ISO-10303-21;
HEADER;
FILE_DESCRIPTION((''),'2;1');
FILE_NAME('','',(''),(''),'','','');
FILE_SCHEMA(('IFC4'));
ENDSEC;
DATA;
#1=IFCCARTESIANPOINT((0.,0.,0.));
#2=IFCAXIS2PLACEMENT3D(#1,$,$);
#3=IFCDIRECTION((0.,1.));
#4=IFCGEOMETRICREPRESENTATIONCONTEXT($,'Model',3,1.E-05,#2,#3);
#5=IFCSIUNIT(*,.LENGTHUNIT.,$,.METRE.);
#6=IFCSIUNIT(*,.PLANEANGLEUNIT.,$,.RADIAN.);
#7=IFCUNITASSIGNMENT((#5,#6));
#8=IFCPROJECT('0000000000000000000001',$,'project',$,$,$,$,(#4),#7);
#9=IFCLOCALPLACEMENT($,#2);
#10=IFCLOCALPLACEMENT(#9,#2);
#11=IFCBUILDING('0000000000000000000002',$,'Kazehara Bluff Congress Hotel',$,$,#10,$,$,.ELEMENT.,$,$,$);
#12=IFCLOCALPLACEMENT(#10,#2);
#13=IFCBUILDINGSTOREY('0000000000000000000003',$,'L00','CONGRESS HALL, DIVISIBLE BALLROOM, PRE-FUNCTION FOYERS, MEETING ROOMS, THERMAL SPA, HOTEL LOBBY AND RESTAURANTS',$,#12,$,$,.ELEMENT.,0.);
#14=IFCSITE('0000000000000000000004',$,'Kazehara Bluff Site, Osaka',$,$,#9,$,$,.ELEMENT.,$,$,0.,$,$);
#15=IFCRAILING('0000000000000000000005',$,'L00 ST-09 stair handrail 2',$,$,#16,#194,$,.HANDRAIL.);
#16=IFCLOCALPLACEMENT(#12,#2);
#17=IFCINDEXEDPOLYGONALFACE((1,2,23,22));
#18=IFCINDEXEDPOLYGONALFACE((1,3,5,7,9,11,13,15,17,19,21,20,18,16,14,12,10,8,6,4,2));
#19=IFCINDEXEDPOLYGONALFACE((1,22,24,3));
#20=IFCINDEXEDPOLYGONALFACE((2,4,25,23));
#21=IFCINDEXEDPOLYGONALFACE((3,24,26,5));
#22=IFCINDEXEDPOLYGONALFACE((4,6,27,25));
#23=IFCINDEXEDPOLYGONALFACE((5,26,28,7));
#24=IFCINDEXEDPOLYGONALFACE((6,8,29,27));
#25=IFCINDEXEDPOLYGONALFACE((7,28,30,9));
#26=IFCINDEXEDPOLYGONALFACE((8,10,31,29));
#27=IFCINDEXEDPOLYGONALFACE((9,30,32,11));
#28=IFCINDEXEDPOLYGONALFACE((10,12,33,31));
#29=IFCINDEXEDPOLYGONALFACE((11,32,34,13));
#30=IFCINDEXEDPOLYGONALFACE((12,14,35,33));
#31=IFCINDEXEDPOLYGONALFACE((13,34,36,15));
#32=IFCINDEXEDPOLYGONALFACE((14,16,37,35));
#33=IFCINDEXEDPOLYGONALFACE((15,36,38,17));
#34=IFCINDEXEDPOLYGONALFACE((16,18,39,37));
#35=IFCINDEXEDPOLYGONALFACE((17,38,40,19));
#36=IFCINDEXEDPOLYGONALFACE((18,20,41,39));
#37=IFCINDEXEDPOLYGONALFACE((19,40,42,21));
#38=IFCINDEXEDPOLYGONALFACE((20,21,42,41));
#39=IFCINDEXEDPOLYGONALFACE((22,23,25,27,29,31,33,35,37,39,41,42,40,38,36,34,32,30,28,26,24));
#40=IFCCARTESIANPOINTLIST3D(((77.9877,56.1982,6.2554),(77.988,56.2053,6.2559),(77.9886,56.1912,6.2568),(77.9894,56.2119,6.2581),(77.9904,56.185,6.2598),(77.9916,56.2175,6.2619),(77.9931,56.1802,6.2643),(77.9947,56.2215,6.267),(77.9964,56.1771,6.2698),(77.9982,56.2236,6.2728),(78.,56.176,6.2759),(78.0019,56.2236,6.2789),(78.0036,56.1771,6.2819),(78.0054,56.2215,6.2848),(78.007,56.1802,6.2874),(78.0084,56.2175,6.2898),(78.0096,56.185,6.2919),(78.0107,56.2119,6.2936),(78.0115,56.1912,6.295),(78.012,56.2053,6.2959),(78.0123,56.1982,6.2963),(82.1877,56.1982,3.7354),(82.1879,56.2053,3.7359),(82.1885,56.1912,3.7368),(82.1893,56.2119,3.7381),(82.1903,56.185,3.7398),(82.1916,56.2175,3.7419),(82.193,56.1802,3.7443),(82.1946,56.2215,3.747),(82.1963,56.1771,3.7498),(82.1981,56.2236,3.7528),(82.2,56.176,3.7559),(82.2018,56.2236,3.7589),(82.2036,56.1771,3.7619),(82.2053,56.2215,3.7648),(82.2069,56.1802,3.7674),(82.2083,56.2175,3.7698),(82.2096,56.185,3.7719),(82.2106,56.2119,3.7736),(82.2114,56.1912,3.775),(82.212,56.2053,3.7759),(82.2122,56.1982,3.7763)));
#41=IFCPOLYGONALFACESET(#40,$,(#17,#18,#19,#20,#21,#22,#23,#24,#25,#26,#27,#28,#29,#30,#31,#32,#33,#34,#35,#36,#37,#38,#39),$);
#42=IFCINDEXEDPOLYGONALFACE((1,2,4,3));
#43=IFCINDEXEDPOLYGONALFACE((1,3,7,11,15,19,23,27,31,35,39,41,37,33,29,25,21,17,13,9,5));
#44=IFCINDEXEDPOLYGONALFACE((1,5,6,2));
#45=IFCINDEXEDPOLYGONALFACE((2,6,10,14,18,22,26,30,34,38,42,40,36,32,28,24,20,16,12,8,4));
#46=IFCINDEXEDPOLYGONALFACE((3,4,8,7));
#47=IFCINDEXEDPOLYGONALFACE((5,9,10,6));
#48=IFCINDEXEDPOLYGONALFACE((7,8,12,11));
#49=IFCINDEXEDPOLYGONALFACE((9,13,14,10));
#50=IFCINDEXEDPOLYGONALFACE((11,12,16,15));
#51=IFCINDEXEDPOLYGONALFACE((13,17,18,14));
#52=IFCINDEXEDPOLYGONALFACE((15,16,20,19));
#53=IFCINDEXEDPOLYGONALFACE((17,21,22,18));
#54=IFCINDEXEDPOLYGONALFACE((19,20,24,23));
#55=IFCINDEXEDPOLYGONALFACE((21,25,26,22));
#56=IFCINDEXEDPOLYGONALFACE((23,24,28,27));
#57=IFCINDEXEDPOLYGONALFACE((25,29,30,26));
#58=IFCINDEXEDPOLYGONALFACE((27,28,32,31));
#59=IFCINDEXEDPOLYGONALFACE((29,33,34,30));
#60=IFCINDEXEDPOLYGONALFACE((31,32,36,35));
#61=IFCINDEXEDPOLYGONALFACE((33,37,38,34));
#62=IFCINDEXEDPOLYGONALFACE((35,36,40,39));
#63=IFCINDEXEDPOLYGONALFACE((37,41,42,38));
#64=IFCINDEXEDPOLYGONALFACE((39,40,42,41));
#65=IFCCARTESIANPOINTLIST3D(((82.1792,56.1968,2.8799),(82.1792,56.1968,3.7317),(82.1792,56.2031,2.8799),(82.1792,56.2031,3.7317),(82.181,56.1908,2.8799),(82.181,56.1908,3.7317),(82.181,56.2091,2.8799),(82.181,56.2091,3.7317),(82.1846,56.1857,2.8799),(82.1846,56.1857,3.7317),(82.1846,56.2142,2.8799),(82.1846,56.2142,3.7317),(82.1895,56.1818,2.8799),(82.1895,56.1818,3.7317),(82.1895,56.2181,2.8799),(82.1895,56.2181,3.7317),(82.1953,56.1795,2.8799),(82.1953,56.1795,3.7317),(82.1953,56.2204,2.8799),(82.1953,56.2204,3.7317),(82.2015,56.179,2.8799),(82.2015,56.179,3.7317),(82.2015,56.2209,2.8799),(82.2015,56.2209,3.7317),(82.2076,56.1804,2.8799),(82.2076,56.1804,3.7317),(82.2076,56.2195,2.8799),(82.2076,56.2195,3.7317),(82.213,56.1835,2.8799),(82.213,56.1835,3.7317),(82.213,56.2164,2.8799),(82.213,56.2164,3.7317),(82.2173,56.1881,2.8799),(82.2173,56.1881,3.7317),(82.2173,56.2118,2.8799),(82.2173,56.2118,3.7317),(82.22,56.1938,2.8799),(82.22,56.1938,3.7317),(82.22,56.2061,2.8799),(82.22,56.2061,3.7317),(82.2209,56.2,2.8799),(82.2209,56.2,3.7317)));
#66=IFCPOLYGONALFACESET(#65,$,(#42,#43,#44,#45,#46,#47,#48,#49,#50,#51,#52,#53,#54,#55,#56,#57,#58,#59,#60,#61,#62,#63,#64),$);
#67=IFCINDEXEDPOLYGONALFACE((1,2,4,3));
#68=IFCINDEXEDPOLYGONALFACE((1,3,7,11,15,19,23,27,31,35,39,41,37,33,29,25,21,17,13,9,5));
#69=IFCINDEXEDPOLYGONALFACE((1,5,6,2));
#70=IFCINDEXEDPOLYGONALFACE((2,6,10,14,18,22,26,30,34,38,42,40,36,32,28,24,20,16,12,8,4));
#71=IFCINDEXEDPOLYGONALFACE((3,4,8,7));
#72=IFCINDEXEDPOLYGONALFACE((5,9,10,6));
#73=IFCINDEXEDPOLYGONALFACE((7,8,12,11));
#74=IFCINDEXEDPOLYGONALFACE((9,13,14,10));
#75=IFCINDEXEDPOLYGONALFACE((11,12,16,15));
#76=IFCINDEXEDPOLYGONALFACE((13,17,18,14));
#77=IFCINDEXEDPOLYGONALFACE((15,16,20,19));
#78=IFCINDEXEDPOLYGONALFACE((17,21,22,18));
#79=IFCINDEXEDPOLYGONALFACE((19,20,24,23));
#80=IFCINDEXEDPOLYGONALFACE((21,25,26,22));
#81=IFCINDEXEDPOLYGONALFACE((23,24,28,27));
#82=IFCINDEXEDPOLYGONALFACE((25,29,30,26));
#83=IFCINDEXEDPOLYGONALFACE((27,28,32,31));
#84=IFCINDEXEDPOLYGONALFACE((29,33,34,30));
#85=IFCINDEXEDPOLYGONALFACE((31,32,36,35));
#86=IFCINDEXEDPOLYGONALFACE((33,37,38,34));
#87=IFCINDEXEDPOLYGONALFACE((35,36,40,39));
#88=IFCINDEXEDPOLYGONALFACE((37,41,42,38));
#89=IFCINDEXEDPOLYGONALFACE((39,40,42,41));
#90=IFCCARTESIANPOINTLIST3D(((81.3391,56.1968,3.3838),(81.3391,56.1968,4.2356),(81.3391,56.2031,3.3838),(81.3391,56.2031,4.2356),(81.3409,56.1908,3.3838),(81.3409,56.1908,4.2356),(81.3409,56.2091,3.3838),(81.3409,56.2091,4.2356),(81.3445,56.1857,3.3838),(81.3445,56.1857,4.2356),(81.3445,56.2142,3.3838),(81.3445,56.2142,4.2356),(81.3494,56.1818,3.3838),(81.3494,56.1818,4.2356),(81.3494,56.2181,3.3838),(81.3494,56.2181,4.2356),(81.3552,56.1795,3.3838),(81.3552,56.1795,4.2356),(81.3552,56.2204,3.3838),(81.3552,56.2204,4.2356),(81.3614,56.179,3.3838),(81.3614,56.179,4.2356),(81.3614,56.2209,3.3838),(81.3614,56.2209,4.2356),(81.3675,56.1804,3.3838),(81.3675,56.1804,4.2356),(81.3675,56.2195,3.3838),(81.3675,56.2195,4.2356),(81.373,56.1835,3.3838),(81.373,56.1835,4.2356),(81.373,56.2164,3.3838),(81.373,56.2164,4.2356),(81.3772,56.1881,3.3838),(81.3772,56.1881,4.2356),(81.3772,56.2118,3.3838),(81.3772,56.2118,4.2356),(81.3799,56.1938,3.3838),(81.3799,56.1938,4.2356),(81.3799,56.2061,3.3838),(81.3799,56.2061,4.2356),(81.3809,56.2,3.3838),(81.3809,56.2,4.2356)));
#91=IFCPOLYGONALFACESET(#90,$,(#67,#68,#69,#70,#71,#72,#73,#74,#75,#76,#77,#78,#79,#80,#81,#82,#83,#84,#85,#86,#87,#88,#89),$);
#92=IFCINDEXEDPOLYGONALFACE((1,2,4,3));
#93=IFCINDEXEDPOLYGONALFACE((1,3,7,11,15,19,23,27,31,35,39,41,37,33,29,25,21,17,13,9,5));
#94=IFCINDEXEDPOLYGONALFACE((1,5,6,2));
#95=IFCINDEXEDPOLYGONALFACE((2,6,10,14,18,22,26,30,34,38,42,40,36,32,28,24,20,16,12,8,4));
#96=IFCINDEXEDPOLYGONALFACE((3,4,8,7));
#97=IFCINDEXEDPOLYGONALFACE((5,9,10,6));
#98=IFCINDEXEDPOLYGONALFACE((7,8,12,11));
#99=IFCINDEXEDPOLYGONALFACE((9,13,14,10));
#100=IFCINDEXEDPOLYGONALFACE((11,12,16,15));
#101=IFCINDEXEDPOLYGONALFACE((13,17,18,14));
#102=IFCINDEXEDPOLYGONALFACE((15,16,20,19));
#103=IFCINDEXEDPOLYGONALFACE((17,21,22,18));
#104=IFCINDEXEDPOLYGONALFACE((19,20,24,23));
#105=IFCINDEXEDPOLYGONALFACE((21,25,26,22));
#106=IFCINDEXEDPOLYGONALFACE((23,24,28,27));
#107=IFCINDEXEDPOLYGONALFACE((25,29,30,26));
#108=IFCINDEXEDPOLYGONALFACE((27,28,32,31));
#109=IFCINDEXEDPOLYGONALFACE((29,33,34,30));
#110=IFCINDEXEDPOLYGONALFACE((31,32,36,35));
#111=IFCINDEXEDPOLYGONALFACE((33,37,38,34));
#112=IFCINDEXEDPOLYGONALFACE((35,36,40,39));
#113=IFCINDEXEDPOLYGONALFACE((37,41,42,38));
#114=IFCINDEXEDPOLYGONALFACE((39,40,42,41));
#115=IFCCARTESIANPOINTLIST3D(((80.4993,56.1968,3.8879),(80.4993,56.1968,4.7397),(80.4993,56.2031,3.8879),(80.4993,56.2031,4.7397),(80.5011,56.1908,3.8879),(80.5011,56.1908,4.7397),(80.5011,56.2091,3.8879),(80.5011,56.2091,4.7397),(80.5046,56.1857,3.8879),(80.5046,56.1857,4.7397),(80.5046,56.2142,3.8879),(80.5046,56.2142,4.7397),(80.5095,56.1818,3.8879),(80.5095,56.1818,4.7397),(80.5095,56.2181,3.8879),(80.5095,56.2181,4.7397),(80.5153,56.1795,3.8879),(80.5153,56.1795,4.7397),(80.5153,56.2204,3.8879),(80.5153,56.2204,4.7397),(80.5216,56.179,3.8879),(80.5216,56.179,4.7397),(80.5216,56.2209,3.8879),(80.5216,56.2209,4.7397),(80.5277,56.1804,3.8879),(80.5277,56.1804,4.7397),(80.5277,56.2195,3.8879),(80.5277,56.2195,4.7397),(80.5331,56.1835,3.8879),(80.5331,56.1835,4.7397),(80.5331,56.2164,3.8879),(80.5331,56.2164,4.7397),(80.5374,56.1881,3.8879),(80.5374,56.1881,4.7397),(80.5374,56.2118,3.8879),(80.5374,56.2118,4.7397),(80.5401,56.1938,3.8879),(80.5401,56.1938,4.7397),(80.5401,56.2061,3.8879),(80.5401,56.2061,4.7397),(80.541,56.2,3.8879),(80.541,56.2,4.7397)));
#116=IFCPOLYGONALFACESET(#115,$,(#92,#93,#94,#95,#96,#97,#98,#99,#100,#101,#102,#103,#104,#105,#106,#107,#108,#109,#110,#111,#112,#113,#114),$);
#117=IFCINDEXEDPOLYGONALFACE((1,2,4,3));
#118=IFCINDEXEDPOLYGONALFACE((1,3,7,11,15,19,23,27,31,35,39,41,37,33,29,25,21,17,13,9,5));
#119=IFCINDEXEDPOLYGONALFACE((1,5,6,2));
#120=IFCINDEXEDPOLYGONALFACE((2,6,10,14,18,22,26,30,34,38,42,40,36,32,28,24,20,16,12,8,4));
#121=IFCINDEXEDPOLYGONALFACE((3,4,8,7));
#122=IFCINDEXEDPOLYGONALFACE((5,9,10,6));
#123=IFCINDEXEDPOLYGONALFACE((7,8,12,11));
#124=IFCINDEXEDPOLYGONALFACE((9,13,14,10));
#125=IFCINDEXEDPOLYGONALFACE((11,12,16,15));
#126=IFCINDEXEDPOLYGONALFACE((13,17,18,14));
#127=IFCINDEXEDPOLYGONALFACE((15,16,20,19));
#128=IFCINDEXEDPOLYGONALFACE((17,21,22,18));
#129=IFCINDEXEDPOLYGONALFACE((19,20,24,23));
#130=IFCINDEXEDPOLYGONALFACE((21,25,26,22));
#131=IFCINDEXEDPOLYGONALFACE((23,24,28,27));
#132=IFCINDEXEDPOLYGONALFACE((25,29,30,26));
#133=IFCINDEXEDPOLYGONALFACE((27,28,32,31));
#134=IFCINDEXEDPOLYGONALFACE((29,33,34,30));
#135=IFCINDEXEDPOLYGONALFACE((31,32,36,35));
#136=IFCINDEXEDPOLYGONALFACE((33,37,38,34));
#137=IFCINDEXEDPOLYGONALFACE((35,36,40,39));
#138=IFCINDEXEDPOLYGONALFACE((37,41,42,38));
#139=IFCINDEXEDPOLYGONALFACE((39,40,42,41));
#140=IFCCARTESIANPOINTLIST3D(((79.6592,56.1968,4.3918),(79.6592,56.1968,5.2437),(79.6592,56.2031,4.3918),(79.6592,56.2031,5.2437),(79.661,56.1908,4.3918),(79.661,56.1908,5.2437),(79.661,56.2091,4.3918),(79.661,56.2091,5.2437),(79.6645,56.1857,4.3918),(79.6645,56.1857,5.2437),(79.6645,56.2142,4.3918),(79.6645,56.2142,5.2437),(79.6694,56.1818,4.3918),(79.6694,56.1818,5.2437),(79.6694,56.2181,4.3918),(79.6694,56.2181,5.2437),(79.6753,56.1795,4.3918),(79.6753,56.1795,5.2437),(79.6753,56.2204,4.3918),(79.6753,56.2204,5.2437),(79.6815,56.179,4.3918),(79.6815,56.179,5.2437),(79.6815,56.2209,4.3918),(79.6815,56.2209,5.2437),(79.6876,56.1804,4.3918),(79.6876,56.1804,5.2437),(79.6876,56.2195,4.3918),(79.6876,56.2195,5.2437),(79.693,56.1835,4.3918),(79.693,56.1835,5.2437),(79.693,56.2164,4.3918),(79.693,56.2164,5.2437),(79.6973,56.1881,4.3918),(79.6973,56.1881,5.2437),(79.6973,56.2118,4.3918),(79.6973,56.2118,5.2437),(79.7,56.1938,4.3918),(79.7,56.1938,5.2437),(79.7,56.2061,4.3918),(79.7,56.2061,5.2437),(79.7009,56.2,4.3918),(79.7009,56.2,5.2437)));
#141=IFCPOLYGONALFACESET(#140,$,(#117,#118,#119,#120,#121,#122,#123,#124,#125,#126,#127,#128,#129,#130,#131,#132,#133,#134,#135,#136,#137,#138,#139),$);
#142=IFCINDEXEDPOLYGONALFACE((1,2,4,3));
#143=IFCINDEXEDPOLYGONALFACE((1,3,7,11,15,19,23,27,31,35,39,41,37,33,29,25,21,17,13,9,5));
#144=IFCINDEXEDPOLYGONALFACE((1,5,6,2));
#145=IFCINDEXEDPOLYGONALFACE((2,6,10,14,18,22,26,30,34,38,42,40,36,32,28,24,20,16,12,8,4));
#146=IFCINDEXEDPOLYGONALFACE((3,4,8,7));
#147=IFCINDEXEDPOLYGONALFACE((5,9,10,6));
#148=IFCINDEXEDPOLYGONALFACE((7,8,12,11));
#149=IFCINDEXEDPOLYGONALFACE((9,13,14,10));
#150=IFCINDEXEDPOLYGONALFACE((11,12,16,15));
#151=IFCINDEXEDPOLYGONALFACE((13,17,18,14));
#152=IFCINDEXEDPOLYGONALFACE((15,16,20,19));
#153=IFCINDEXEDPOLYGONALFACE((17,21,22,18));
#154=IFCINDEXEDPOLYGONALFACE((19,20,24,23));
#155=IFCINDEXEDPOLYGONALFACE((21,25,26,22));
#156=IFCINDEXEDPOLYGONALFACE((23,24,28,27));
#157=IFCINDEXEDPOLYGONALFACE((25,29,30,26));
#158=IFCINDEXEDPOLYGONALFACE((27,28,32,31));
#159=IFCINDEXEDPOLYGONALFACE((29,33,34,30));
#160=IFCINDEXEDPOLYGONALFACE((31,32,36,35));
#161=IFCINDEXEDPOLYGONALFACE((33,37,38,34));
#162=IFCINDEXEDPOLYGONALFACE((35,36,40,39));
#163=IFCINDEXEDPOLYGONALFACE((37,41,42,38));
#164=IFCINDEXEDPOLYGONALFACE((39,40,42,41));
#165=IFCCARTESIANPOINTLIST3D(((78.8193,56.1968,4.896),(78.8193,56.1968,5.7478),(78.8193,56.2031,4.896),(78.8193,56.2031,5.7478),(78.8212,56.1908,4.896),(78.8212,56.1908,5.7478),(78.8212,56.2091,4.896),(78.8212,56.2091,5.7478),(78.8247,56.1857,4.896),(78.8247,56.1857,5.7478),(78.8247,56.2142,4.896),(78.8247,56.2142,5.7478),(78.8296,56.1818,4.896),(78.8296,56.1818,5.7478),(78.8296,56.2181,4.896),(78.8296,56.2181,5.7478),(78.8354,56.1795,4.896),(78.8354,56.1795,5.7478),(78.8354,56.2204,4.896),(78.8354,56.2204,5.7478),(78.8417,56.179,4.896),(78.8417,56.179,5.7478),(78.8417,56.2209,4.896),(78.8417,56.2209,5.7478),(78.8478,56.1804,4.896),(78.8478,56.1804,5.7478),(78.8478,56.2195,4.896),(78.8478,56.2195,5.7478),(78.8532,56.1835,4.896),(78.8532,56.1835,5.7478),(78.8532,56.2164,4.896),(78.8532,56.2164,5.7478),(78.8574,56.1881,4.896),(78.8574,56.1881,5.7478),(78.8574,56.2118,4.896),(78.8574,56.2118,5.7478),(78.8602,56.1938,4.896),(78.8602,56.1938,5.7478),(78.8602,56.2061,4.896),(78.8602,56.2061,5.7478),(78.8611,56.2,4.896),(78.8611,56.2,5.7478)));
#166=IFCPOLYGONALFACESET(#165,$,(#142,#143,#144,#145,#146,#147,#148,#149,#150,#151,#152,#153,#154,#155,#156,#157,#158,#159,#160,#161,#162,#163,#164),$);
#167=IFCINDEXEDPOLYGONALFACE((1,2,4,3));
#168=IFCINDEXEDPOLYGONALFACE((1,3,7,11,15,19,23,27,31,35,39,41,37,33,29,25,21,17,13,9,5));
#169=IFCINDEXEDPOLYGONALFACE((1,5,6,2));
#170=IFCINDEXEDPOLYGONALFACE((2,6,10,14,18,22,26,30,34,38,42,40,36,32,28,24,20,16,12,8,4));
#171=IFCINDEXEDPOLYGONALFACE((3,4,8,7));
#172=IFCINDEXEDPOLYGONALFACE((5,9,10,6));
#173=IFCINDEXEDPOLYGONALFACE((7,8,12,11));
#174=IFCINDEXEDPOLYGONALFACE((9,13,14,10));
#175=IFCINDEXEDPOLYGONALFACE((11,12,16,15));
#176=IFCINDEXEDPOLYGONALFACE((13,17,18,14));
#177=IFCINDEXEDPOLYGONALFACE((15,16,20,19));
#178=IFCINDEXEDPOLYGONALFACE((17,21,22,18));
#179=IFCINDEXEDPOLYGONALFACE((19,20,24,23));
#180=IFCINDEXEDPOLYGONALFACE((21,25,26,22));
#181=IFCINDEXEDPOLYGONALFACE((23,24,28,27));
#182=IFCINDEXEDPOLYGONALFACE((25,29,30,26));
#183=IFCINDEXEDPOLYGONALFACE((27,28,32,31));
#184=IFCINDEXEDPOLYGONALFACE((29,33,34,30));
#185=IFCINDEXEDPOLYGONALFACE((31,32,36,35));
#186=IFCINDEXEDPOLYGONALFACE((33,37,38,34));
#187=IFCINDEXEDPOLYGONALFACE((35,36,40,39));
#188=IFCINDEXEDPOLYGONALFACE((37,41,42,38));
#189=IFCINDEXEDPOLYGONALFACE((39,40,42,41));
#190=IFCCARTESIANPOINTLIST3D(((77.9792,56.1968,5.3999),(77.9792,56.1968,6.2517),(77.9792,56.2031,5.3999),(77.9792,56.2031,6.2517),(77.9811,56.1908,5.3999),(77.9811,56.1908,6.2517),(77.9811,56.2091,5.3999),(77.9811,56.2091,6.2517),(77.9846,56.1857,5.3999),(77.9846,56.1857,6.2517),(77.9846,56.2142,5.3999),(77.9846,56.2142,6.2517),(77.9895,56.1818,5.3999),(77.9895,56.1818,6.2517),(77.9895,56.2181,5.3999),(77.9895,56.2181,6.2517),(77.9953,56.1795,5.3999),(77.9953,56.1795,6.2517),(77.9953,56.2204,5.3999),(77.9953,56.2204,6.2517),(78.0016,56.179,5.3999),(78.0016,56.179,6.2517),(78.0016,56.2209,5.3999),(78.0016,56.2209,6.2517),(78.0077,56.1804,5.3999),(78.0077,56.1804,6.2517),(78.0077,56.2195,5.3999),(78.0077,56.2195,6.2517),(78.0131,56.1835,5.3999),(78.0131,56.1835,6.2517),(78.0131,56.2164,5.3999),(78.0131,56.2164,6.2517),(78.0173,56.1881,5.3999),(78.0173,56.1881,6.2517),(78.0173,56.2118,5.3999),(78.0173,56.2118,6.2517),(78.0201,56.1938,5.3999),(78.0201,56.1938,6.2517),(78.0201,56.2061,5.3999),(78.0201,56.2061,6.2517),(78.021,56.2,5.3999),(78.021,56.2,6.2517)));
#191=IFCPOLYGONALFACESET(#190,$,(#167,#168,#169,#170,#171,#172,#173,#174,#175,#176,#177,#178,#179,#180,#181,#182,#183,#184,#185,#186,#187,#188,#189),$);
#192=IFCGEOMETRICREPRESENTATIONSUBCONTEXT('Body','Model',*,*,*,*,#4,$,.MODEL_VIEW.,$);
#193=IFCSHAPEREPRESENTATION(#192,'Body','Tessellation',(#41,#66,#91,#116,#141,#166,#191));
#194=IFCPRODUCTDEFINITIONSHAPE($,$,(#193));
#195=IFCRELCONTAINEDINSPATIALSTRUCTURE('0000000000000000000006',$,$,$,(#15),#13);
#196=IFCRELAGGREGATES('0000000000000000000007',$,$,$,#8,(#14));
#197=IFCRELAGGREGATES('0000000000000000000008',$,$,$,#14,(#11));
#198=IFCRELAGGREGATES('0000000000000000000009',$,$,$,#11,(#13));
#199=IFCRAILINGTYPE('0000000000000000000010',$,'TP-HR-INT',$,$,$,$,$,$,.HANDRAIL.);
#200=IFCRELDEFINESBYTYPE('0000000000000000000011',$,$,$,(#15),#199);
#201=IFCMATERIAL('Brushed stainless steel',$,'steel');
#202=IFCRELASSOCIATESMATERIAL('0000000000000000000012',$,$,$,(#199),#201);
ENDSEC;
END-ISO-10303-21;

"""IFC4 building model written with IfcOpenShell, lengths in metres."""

from ifc_helpers import new_model, si_unit, direction, frame, origin, origin_2d, place, context, subcontext, project, spatial, circle, extrude, material, type_object, element, save


model = new_model("IFC4")

# Units and contexts
model_context = context("Model", 3, precision=1e-05, world=origin(), true_north=direction((0.0, 1.0)))
body_context = subcontext(model_context, "Body", "Model", "MODEL_VIEW")
ifc_project = project(units=[si_unit("LENGTHUNIT", "METRE"), si_unit("PLANEANGLEUNIT", "RADIAN")], contexts=[model_context])

# Site, building, storey
site_placement = place(None, origin())
site = spatial("IfcSite", under=ifc_project, at=site_placement, Name="Kazehara Bluff Site, Osaka", CompositionType="ELEMENT", RefElevation=0.0)
building_placement = place(site_placement, origin())
building = spatial("IfcBuilding", under=site, at=building_placement, Name="Kazehara Bluff Congress Hotel", CompositionType="ELEMENT")
storey_placement = place(building_placement, origin())
storey = spatial("IfcBuildingStorey", under=building, at=storey_placement, Name="L00", Description="CONGRESS HALL, DIVISIBLE BALLROOM, PRE-FUNCTION FOYERS, MEETING ROOMS, THERMAL SPA, HOTEL LOBBY AND RESTAURANTS", CompositionType="ELEMENT", Elevation=0.0)

# Railing
ifc_material_1 = material(Name="Brushed stainless steel", Category="steel")
railing_type_1 = type_object("IfcRailingType", Name="TP-HR-INT", PredefinedType="HANDRAIL", material=ifc_material_1)
railing_1_placement = place(storey_placement, frame((82.2, 56.2, 2.8799)))
element("IfcRailing", 1, at=railing_1_placement, inside=storey, type_object=railing_type_1, Name="L00 ST-09 stair handrail 2", PredefinedType="HANDRAIL", context=body_context, shape_type="SweptSolid", body=[
    extrude(circle(Radius=0.0239, at=origin_2d()), frame((0.0, 0.0, 0.876), z_axis=(-0.857489, 0.0, 0.514503), x_axis=(0.0, -1.0, 0.0)), (0.0, 0.0, 1.0), 4.8979),
    extrude(circle(Radius=0.021, at=origin_2d()), origin(), (0.0, 0.0, 1.0), 0.8518),
    extrude(circle(Radius=0.021, at=origin_2d()), frame((-0.8401, 0.0, 0.5039)), (0.0, 0.0, 1.0), 0.8518),
    extrude(circle(Radius=0.021, at=origin_2d()), frame((-1.6799, 0.0, 1.0081)), (0.0, 0.0, 1.0), 0.8518),
    extrude(circle(Radius=0.021, at=origin_2d()), frame((-2.52, 0.0, 1.512)), (0.0, 0.0, 1.0), 0.8518),
    extrude(circle(Radius=0.021, at=origin_2d()), frame((-3.3599, 0.0, 2.0161)), (0.0, 0.0, 1.0), 0.8518),
    extrude(circle(Radius=0.021, at=origin_2d()), frame((-4.2, 0.0, 2.52)), (0.0, 0.0, 1.0), 0.8518),
])

save(model, "model.ifc")
